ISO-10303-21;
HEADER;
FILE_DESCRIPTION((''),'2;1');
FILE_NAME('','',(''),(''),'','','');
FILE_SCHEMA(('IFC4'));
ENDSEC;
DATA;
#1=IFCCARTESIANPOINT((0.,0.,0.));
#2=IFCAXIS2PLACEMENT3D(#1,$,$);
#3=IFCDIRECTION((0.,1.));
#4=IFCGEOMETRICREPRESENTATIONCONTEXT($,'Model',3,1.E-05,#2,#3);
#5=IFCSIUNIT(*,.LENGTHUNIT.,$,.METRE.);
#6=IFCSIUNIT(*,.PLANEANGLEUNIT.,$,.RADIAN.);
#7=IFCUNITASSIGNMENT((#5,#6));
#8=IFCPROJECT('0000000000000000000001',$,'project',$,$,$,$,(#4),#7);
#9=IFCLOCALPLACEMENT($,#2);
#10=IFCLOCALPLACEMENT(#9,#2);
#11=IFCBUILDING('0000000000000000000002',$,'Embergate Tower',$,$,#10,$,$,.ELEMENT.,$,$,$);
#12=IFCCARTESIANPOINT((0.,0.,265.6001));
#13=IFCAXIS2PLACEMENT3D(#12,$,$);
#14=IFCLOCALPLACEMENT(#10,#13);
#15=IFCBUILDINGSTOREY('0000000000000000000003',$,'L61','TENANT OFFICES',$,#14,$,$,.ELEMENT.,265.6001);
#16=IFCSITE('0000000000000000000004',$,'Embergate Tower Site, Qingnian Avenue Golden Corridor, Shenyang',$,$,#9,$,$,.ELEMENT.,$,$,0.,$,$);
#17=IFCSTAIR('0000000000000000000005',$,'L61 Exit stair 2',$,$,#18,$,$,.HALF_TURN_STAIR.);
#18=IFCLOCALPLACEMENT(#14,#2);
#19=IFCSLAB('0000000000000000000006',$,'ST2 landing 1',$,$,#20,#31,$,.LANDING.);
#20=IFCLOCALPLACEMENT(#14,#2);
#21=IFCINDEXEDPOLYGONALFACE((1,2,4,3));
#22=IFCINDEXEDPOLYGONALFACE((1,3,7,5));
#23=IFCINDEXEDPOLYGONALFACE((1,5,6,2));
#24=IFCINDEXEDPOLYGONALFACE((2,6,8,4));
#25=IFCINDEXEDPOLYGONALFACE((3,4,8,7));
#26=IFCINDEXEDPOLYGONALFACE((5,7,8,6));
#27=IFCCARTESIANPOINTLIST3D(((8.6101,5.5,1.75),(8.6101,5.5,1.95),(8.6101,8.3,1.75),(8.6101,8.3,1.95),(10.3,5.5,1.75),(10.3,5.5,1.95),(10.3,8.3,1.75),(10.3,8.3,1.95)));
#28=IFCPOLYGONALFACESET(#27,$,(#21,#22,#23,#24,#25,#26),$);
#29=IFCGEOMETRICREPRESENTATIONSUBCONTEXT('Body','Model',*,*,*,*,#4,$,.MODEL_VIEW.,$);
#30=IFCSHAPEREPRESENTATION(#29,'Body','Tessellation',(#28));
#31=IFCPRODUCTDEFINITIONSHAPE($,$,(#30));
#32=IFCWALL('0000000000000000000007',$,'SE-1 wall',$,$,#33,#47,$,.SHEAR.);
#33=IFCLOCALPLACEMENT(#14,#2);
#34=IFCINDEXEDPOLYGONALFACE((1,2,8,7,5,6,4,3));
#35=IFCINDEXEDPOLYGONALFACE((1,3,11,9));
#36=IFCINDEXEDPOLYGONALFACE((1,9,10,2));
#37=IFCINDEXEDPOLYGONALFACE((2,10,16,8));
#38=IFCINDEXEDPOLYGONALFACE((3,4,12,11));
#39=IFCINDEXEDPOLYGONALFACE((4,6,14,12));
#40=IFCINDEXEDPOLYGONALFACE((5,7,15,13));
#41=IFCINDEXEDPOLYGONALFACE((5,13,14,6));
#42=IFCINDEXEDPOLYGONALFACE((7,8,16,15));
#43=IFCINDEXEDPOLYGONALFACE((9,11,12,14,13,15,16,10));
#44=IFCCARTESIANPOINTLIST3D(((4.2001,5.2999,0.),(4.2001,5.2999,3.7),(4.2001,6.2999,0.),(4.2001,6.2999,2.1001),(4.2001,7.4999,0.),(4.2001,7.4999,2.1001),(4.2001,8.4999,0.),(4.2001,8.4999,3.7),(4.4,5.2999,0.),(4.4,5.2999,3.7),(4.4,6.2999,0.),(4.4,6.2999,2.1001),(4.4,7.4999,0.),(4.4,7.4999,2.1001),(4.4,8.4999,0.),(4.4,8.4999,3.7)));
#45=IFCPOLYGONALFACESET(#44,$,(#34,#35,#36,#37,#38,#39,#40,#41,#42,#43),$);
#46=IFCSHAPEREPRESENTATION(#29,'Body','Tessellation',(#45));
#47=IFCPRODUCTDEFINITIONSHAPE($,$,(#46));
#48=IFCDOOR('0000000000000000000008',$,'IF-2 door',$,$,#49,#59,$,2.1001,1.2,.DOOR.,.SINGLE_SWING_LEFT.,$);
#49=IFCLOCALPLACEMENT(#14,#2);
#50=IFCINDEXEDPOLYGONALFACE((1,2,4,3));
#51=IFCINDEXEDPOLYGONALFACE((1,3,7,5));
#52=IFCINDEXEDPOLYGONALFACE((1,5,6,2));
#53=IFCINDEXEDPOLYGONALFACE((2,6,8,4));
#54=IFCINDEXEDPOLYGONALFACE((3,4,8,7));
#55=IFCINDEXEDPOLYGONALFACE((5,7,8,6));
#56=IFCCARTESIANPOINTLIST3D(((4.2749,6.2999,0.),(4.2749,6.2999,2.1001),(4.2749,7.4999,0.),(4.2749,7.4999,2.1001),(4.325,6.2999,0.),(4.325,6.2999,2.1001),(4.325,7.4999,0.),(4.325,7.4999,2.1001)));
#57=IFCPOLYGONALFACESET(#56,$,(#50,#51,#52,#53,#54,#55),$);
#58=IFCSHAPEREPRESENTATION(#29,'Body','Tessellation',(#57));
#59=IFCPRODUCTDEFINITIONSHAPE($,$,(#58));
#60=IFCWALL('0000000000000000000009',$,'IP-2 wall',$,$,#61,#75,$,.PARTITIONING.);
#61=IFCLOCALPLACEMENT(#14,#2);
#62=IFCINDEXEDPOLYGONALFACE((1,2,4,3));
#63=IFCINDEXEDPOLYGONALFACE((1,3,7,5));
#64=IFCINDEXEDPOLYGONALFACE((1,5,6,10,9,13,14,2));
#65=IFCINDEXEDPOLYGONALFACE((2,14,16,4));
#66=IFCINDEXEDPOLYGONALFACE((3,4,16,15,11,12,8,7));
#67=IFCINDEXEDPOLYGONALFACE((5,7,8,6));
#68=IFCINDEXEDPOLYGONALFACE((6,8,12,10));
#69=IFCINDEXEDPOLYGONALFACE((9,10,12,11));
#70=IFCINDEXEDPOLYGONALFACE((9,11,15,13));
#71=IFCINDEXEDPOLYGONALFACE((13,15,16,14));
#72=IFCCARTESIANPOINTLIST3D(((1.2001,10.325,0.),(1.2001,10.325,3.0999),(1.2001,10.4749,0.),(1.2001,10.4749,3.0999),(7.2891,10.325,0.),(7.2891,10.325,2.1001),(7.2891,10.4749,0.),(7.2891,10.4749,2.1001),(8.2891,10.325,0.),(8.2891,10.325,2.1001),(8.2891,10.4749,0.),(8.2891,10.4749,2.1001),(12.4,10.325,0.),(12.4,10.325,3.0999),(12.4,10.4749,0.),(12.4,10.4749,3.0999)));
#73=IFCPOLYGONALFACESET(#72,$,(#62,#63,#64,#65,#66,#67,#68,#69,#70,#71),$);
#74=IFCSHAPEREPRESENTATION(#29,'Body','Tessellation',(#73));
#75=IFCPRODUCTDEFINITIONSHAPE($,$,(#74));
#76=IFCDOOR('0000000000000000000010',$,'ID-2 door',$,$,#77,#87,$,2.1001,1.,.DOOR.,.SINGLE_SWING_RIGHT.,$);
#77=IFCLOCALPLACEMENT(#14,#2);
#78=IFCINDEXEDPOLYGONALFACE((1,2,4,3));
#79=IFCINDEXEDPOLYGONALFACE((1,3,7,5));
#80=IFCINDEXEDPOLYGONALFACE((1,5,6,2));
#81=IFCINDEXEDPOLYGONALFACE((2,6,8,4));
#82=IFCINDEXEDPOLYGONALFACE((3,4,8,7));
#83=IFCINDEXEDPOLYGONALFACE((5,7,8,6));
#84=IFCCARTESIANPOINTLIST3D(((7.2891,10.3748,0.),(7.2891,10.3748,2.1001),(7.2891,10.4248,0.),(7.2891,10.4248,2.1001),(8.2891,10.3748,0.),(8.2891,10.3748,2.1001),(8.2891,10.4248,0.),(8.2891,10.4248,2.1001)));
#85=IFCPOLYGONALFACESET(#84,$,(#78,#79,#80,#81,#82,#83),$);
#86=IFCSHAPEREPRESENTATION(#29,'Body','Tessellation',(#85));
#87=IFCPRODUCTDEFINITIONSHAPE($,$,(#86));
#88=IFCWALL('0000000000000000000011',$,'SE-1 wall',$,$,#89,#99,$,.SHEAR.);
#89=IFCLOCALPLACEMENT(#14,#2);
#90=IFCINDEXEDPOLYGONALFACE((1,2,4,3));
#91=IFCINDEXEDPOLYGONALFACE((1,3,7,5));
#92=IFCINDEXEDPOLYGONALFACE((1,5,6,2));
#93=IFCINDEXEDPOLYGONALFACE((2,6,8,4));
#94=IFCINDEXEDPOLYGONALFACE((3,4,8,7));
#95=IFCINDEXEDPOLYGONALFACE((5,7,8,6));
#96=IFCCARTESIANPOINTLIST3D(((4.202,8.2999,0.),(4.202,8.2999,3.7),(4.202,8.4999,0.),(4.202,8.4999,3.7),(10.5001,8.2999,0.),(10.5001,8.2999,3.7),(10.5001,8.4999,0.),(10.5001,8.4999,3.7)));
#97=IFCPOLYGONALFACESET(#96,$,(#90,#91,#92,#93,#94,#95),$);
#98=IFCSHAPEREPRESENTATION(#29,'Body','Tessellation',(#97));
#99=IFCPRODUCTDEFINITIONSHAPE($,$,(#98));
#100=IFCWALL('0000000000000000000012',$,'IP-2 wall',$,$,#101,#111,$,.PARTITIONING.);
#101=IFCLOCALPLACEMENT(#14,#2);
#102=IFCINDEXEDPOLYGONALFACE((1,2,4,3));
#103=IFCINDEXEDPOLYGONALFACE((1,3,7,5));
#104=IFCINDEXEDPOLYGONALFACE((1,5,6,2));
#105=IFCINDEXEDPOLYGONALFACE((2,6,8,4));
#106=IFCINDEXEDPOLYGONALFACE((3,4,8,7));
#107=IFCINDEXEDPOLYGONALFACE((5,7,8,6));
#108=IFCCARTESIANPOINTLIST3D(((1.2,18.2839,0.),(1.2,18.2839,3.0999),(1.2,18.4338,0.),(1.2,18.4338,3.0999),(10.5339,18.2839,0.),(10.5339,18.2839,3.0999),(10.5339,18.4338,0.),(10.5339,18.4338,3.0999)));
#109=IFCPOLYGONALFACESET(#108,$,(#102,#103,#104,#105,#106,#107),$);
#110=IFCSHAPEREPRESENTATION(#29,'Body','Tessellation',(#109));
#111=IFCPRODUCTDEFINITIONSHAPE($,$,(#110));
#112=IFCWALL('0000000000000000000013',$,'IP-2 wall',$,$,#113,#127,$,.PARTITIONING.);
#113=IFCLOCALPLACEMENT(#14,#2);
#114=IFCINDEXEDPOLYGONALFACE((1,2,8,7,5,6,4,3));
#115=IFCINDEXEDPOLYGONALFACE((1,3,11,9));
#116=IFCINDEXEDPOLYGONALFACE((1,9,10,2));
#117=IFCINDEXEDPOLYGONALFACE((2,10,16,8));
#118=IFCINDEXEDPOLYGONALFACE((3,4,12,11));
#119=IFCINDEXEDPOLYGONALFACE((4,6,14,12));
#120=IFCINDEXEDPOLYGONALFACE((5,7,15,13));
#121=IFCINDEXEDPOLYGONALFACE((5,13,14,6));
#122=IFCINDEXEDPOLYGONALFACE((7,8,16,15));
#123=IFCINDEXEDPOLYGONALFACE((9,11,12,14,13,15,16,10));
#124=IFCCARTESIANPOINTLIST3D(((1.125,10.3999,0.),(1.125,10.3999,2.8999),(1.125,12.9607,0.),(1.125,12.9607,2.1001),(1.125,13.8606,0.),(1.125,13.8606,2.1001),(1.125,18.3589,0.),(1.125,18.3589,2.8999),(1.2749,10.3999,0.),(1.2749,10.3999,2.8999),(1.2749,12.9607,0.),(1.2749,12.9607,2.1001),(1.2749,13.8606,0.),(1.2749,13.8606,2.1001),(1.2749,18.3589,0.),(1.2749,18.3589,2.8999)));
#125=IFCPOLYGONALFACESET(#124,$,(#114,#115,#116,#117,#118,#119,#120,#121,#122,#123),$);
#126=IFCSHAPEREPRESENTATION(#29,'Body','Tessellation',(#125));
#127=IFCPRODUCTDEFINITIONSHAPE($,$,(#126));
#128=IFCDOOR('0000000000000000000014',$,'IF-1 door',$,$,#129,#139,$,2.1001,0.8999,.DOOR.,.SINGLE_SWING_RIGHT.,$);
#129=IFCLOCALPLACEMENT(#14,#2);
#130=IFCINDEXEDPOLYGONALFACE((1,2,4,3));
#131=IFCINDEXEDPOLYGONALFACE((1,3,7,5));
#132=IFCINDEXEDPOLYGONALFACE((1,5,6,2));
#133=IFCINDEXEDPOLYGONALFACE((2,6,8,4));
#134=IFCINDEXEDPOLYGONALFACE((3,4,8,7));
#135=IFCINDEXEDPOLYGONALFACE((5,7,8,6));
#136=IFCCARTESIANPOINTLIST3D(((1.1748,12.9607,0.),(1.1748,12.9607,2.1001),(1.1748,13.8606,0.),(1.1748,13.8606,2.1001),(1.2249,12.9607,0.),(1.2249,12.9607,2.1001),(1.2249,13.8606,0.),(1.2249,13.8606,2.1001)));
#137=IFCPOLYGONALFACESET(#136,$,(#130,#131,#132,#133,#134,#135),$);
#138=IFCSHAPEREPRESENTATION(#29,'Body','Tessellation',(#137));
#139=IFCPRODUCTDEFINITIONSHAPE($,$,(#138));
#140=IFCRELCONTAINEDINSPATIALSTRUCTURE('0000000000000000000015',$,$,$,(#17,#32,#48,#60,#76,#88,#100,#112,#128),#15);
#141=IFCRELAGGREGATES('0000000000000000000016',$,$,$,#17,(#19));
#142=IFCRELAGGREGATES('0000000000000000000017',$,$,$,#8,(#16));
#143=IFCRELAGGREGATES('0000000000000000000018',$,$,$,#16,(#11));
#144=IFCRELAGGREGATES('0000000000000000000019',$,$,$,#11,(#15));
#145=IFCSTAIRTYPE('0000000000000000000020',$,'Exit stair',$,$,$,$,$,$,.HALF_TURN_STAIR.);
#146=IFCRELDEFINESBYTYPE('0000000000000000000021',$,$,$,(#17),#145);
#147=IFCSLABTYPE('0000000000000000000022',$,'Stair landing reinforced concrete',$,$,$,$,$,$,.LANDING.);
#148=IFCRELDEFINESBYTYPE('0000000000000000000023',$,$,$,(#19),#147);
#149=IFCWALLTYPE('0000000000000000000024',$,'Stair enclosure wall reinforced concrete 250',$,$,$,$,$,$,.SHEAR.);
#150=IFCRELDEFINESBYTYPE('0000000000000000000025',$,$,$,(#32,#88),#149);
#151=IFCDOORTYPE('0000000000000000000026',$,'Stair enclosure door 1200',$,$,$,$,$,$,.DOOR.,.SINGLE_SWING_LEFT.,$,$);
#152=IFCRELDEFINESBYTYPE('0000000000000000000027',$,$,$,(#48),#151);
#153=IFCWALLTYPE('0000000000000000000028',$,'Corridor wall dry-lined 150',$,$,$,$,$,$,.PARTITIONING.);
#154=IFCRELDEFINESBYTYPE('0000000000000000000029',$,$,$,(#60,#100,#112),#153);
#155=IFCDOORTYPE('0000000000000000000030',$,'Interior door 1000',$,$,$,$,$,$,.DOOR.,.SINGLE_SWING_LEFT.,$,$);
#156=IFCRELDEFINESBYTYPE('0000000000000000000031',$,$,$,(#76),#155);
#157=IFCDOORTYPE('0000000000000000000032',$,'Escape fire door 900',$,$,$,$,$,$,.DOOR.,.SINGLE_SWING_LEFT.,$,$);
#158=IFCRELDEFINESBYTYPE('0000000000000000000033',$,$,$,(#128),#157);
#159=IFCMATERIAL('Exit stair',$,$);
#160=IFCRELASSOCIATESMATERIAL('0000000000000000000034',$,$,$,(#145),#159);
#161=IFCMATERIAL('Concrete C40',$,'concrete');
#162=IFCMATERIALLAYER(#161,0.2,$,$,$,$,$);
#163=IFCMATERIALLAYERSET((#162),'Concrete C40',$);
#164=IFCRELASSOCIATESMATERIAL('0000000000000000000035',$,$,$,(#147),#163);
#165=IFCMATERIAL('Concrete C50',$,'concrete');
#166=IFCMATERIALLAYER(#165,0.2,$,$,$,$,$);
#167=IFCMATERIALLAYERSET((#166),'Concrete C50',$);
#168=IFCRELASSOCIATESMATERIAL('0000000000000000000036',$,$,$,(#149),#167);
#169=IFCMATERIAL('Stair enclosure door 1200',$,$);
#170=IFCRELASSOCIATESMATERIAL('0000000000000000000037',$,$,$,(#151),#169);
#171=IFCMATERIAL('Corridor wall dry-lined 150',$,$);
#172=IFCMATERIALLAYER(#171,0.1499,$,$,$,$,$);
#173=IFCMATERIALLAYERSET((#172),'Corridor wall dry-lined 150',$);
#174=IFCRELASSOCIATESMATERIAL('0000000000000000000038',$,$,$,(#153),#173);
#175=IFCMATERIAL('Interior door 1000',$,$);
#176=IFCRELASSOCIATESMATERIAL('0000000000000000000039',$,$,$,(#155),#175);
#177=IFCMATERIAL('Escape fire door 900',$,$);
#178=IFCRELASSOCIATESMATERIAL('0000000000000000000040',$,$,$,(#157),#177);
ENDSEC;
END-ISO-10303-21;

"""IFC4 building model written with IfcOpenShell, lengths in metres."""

from ifc_helpers import new_model, si_unit, direction, frame, frame_2d, origin, place, context, subcontext, project, spatial, polyline, rectangle, outline, extrude, source, transform, mapped, material, layer, layer_set, type_object, element, fill, aggregate, save


model = new_model("IFC4")

# Units and contexts
model_context = context("Model", 3, precision=1e-05, world=origin(), true_north=direction((0.0, 1.0)))
body_context = subcontext(model_context, "Body", "Model", "MODEL_VIEW")
ifc_project = project(units=[si_unit("LENGTHUNIT", "METRE"), si_unit("PLANEANGLEUNIT", "RADIAN")], contexts=[model_context])

# Site, building, storey
site_placement = place(None, origin())
site = spatial("IfcSite", under=ifc_project, at=site_placement, Name="Embergate Tower Site, Qingnian Avenue Golden Corridor, Shenyang", CompositionType="ELEMENT", RefElevation=0.0)
building_placement = place(site_placement, origin())
building = spatial("IfcBuilding", under=site, at=building_placement, Name="Embergate Tower", CompositionType="ELEMENT")
storey_placement = place(building_placement, frame((0.0, 0.0, 265.6001)))
storey = spatial("IfcBuildingStorey", under=building, at=storey_placement, Name="L61", Description="TENANT OFFICES", CompositionType="ELEMENT", Elevation=265.6001)

# Stair, slab
ifc_material_1 = material(Name="Exit stair")
stair_type = type_object("IfcStairType", Name="Exit stair", PredefinedType="HALF_TURN_STAIR", material=ifc_material_1)
stair_placement = place(storey_placement, origin())
stair = element("IfcStair", 1, at=stair_placement, inside=storey, type_object=stair_type, Name="L61 Exit stair 2", PredefinedType="HALF_TURN_STAIR")
ifc_material_2 = material(Name="Concrete C40", Category="concrete")
ifc_layer_1 = layer(ifc_material_2, 0.2)
ifc_layer_set_1 = layer_set([ifc_layer_1], Name="Concrete C40")
slab_type = type_object("IfcSlabType", Name="Stair landing reinforced concrete", PredefinedType="LANDING", material=ifc_layer_set_1)
shared_shape_1 = source(origin(), body_context, "Body", "SweptSolid", [
    extrude(outline(polyline([(0.0, 0.0), (1.6899, 0.0), (1.6899, 2.8), (0.0, 2.8), (0.0, 0.0)])), origin(), (0.0, 0.0, 1.0), 0.2),
])
slab_placement = place(storey_placement, frame((8.6101, 5.5, 1.75)))
slab = element("IfcSlab", 2, at=slab_placement, type_object=slab_type, Name="ST2 landing 1", PredefinedType="LANDING", context=body_context, shape_type="MappedRepresentation", body=[
    mapped(shared_shape_1, transform((0.0, 0.0, 0.0))),
])

# Walls, openings, doors
ifc_material_3 = material(Name="Concrete C50", Category="concrete")
ifc_layer_2 = layer(ifc_material_3, 0.2)
ifc_layer_set_2 = layer_set([ifc_layer_2], Name="Concrete C50")
wall_type_1 = type_object("IfcWallType", Name="Stair enclosure wall reinforced concrete 250", PredefinedType="SHEAR", material=ifc_layer_set_2)
shared_shape_2 = source(origin(), body_context, "Body", "SweptSolid", [
    extrude(rectangle(XDim=3.2, YDim=0.2, at=frame_2d((1.6001, 0.0))), origin(), (0.0, 0.0, 1.0), 3.7),
])
wall_1_placement = place(storey_placement, frame((4.3, 8.5, 0.0), z_axis=(0.0, 0.0, 1.0), x_axis=(0.0, -1.0, 0.0)))
wall_1 = element("IfcWall", 3, at=wall_1_placement, inside=storey, type_object=wall_type_1, Name="SE-1 wall", PredefinedType="SHEAR", context=body_context, shape_type="MappedRepresentation", body=[
    mapped(shared_shape_2, transform((0.0, 0.0, 0.0))),
])
shared_shape_3 = source(origin(), body_context, "Body", "SweptSolid", [
    extrude(rectangle(XDim=1.2, YDim=2.1001, at=frame_2d((0.6001, 1.05))), frame((0.0, 0.1099, 0.0), z_axis=(0.0, -1.0, 0.0), x_axis=(1.0, 0.0, 0.0)), (0.0, 0.0, 1.0), 0.22),
])
opening_1_placement = place(wall_1_placement, frame((1.0, 0.0, 0.0)))
opening_1 = element("IfcOpeningElement", 4, at=opening_1_placement, cuts=wall_1, PredefinedType="OPENING", context=body_context, shape_type="MappedRepresentation", body=[
    mapped(shared_shape_3, transform((0.0, 0.0, 0.0))),
])
ifc_material_4 = material(Name="Stair enclosure door 1200")
door_type_1 = type_object("IfcDoorType", Name="Stair enclosure door 1200", OperationType="SINGLE_SWING_LEFT", PredefinedType="DOOR", material=ifc_material_4)
shared_shape_4 = source(origin(), body_context, "Body", "SweptSolid", [
    extrude(rectangle(XDim=1.2, YDim=2.1001, at=frame_2d((0.6001, 1.05))), frame((0.0, 0.0249, 0.0), z_axis=(0.0, -1.0, 0.0), x_axis=(1.0, 0.0, 0.0)), (0.0, 0.0, 1.0), 0.05),
])
door_1_placement = place(opening_1_placement, origin())
door_1 = element("IfcDoor", 5, at=door_1_placement, inside=storey, type_object=door_type_1, Name="IF-2 door", OperationType="SINGLE_SWING_LEFT", OverallHeight=2.1001, OverallWidth=1.2, PredefinedType="DOOR", context=body_context, shape_type="MappedRepresentation", body=[
    mapped(shared_shape_4, transform((0.0, 0.0, 0.0))),
])
fill(opening_1, door_1)
ifc_material_5 = material(Name="Corridor wall dry-lined 150")
ifc_layer_3 = layer(ifc_material_5, 0.1499)
ifc_layer_set_3 = layer_set([ifc_layer_3], Name="Corridor wall dry-lined 150")
wall_type_2 = type_object("IfcWallType", Name="Corridor wall dry-lined 150", PredefinedType="PARTITIONING", material=ifc_layer_set_3)
shared_shape_5 = source(origin(), body_context, "Body", "SweptSolid", [
    extrude(rectangle(XDim=11.2, YDim=0.1499, at=frame_2d((5.6001, 0.0))), origin(), (0.0, 0.0, 1.0), 3.0999),
])
wall_2_placement = place(storey_placement, frame((1.2, 10.3999, 0.0), z_axis=(0.0, 0.0, 1.0), x_axis=(1.0, 0.0, 0.0)))
wall_2 = element("IfcWall", 6, at=wall_2_placement, inside=storey, type_object=wall_type_2, Name="IP-2 wall", PredefinedType="PARTITIONING", context=body_context, shape_type="MappedRepresentation", body=[
    mapped(shared_shape_5, transform((0.0, 0.0, 0.0))),
])
shared_shape_6 = source(origin(), body_context, "Body", "SweptSolid", [
    extrude(rectangle(XDim=1.0, YDim=2.1001, at=frame_2d((0.5, 1.05))), frame((0.0, 0.085, 0.0), z_axis=(0.0, -1.0, 0.0), x_axis=(1.0, 0.0, 0.0)), (0.0, 0.0, 1.0), 0.1699),
])
opening_2_placement = place(wall_2_placement, frame((6.0891, 0.0, 0.0)))
opening_2 = element("IfcOpeningElement", 7, at=opening_2_placement, cuts=wall_2, PredefinedType="OPENING", context=body_context, shape_type="MappedRepresentation", body=[
    mapped(shared_shape_6, transform((0.0, 0.0, 0.0))),
])
ifc_material_6 = material(Name="Interior door 1000")
door_type_2 = type_object("IfcDoorType", Name="Interior door 1000", OperationType="SINGLE_SWING_LEFT", PredefinedType="DOOR", material=ifc_material_6)
shared_shape_7 = source(origin(), body_context, "Body", "SweptSolid", [
    extrude(rectangle(XDim=1.0, YDim=2.1001, at=frame_2d((0.5, 1.05))), frame((0.0, 0.0249, 0.0), z_axis=(0.0, -1.0, 0.0), x_axis=(1.0, 0.0, 0.0)), (0.0, 0.0, 1.0), 0.05),
])
door_2_placement = place(opening_2_placement, origin())
door_2 = element("IfcDoor", 8, at=door_2_placement, inside=storey, type_object=door_type_2, Name="ID-2 door", OperationType="SINGLE_SWING_RIGHT", OverallHeight=2.1001, OverallWidth=1.0, PredefinedType="DOOR", context=body_context, shape_type="MappedRepresentation", body=[
    mapped(shared_shape_7, transform((0.0, 0.0, 0.0))),
])
fill(opening_2, door_2)

# Walls
shared_shape_8 = source(origin(), body_context, "Body", "SweptSolid", [
    extrude(rectangle(XDim=6.2981, YDim=0.2, at=frame_2d((3.1489, 0.0))), origin(), (0.0, 0.0, 1.0), 3.7),
])
wall_3_placement = place(storey_placement, frame((10.5, 8.3999, 0.0), z_axis=(0.0, 0.0, 1.0), x_axis=(-1.0, 0.0, 0.0)))
element("IfcWall", 9, at=wall_3_placement, inside=storey, type_object=wall_type_1, Name="SE-1 wall", PredefinedType="SHEAR", context=body_context, shape_type="MappedRepresentation", body=[
    mapped(shared_shape_8, transform((0.0, 0.0, 0.0))),
])
shared_shape_9 = source(origin(), body_context, "Body", "SweptSolid", [
    extrude(rectangle(XDim=9.334, YDim=0.1499, at=frame_2d((4.667, 0.0))), origin(), (0.0, 0.0, 1.0), 3.0999),
])
wall_4_placement = place(storey_placement, frame((10.5339, 18.3589, 0.0), z_axis=(0.0, 0.0, 1.0), x_axis=(-1.0, 0.0, 0.0)))
element("IfcWall", 10, at=wall_4_placement, inside=storey, type_object=wall_type_2, Name="IP-2 wall", PredefinedType="PARTITIONING", context=body_context, shape_type="MappedRepresentation", body=[
    mapped(shared_shape_9, transform((0.0, 0.0, 0.0))),
])

# Wall, opening, door
shared_shape_10 = source(origin(), body_context, "Body", "SweptSolid", [
    extrude(rectangle(XDim=7.959, YDim=0.1499, at=frame_2d((3.9795, 0.0))), origin(), (0.0, 0.0, 1.0), 2.8999),
])
wall_5_placement = place(storey_placement, frame((1.2, 18.3589, 0.0), z_axis=(0.0, 0.0, 1.0), x_axis=(0.0, -1.0, 0.0)))
wall_5 = element("IfcWall", 11, at=wall_5_placement, inside=storey, type_object=wall_type_2, Name="IP-2 wall", PredefinedType="PARTITIONING", context=body_context, shape_type="MappedRepresentation", body=[
    mapped(shared_shape_10, transform((0.0, 0.0, 0.0))),
])
shared_shape_11 = source(origin(), body_context, "Body", "SweptSolid", [
    extrude(rectangle(XDim=0.8999, YDim=2.1001, at=frame_2d((0.45, 1.05))), frame((0.0, 0.085, 0.0), z_axis=(0.0, -1.0, 0.0), x_axis=(1.0, 0.0, 0.0)), (0.0, 0.0, 1.0), 0.1699),
])
opening_3_placement = place(wall_5_placement, frame((4.4983, 0.0, 0.0)))
opening_3 = element("IfcOpeningElement", 12, at=opening_3_placement, cuts=wall_5, PredefinedType="OPENING", context=body_context, shape_type="MappedRepresentation", body=[
    mapped(shared_shape_11, transform((0.0, 0.0, 0.0))),
])
ifc_material_7 = material(Name="Escape fire door 900")
door_type_3 = type_object("IfcDoorType", Name="Escape fire door 900", OperationType="SINGLE_SWING_LEFT", PredefinedType="DOOR", material=ifc_material_7)
shared_shape_12 = source(origin(), body_context, "Body", "SweptSolid", [
    extrude(rectangle(XDim=0.8999, YDim=2.1001, at=frame_2d((0.45, 1.05))), frame((0.0, 0.0249, 0.0), z_axis=(0.0, -1.0, 0.0), x_axis=(1.0, 0.0, 0.0)), (0.0, 0.0, 1.0), 0.05),
])
door_3_placement = place(opening_3_placement, origin())
door_3 = element("IfcDoor", 13, at=door_3_placement, inside=storey, type_object=door_type_3, Name="IF-1 door", OperationType="SINGLE_SWING_RIGHT", OverallHeight=2.1001, OverallWidth=0.8999, PredefinedType="DOOR", context=body_context, shape_type="MappedRepresentation", body=[
    mapped(shared_shape_12, transform((0.0, 0.0, 0.0))),
])
fill(opening_3, door_3)

aggregate(stair, [slab])

save(model, "model.ifc")
